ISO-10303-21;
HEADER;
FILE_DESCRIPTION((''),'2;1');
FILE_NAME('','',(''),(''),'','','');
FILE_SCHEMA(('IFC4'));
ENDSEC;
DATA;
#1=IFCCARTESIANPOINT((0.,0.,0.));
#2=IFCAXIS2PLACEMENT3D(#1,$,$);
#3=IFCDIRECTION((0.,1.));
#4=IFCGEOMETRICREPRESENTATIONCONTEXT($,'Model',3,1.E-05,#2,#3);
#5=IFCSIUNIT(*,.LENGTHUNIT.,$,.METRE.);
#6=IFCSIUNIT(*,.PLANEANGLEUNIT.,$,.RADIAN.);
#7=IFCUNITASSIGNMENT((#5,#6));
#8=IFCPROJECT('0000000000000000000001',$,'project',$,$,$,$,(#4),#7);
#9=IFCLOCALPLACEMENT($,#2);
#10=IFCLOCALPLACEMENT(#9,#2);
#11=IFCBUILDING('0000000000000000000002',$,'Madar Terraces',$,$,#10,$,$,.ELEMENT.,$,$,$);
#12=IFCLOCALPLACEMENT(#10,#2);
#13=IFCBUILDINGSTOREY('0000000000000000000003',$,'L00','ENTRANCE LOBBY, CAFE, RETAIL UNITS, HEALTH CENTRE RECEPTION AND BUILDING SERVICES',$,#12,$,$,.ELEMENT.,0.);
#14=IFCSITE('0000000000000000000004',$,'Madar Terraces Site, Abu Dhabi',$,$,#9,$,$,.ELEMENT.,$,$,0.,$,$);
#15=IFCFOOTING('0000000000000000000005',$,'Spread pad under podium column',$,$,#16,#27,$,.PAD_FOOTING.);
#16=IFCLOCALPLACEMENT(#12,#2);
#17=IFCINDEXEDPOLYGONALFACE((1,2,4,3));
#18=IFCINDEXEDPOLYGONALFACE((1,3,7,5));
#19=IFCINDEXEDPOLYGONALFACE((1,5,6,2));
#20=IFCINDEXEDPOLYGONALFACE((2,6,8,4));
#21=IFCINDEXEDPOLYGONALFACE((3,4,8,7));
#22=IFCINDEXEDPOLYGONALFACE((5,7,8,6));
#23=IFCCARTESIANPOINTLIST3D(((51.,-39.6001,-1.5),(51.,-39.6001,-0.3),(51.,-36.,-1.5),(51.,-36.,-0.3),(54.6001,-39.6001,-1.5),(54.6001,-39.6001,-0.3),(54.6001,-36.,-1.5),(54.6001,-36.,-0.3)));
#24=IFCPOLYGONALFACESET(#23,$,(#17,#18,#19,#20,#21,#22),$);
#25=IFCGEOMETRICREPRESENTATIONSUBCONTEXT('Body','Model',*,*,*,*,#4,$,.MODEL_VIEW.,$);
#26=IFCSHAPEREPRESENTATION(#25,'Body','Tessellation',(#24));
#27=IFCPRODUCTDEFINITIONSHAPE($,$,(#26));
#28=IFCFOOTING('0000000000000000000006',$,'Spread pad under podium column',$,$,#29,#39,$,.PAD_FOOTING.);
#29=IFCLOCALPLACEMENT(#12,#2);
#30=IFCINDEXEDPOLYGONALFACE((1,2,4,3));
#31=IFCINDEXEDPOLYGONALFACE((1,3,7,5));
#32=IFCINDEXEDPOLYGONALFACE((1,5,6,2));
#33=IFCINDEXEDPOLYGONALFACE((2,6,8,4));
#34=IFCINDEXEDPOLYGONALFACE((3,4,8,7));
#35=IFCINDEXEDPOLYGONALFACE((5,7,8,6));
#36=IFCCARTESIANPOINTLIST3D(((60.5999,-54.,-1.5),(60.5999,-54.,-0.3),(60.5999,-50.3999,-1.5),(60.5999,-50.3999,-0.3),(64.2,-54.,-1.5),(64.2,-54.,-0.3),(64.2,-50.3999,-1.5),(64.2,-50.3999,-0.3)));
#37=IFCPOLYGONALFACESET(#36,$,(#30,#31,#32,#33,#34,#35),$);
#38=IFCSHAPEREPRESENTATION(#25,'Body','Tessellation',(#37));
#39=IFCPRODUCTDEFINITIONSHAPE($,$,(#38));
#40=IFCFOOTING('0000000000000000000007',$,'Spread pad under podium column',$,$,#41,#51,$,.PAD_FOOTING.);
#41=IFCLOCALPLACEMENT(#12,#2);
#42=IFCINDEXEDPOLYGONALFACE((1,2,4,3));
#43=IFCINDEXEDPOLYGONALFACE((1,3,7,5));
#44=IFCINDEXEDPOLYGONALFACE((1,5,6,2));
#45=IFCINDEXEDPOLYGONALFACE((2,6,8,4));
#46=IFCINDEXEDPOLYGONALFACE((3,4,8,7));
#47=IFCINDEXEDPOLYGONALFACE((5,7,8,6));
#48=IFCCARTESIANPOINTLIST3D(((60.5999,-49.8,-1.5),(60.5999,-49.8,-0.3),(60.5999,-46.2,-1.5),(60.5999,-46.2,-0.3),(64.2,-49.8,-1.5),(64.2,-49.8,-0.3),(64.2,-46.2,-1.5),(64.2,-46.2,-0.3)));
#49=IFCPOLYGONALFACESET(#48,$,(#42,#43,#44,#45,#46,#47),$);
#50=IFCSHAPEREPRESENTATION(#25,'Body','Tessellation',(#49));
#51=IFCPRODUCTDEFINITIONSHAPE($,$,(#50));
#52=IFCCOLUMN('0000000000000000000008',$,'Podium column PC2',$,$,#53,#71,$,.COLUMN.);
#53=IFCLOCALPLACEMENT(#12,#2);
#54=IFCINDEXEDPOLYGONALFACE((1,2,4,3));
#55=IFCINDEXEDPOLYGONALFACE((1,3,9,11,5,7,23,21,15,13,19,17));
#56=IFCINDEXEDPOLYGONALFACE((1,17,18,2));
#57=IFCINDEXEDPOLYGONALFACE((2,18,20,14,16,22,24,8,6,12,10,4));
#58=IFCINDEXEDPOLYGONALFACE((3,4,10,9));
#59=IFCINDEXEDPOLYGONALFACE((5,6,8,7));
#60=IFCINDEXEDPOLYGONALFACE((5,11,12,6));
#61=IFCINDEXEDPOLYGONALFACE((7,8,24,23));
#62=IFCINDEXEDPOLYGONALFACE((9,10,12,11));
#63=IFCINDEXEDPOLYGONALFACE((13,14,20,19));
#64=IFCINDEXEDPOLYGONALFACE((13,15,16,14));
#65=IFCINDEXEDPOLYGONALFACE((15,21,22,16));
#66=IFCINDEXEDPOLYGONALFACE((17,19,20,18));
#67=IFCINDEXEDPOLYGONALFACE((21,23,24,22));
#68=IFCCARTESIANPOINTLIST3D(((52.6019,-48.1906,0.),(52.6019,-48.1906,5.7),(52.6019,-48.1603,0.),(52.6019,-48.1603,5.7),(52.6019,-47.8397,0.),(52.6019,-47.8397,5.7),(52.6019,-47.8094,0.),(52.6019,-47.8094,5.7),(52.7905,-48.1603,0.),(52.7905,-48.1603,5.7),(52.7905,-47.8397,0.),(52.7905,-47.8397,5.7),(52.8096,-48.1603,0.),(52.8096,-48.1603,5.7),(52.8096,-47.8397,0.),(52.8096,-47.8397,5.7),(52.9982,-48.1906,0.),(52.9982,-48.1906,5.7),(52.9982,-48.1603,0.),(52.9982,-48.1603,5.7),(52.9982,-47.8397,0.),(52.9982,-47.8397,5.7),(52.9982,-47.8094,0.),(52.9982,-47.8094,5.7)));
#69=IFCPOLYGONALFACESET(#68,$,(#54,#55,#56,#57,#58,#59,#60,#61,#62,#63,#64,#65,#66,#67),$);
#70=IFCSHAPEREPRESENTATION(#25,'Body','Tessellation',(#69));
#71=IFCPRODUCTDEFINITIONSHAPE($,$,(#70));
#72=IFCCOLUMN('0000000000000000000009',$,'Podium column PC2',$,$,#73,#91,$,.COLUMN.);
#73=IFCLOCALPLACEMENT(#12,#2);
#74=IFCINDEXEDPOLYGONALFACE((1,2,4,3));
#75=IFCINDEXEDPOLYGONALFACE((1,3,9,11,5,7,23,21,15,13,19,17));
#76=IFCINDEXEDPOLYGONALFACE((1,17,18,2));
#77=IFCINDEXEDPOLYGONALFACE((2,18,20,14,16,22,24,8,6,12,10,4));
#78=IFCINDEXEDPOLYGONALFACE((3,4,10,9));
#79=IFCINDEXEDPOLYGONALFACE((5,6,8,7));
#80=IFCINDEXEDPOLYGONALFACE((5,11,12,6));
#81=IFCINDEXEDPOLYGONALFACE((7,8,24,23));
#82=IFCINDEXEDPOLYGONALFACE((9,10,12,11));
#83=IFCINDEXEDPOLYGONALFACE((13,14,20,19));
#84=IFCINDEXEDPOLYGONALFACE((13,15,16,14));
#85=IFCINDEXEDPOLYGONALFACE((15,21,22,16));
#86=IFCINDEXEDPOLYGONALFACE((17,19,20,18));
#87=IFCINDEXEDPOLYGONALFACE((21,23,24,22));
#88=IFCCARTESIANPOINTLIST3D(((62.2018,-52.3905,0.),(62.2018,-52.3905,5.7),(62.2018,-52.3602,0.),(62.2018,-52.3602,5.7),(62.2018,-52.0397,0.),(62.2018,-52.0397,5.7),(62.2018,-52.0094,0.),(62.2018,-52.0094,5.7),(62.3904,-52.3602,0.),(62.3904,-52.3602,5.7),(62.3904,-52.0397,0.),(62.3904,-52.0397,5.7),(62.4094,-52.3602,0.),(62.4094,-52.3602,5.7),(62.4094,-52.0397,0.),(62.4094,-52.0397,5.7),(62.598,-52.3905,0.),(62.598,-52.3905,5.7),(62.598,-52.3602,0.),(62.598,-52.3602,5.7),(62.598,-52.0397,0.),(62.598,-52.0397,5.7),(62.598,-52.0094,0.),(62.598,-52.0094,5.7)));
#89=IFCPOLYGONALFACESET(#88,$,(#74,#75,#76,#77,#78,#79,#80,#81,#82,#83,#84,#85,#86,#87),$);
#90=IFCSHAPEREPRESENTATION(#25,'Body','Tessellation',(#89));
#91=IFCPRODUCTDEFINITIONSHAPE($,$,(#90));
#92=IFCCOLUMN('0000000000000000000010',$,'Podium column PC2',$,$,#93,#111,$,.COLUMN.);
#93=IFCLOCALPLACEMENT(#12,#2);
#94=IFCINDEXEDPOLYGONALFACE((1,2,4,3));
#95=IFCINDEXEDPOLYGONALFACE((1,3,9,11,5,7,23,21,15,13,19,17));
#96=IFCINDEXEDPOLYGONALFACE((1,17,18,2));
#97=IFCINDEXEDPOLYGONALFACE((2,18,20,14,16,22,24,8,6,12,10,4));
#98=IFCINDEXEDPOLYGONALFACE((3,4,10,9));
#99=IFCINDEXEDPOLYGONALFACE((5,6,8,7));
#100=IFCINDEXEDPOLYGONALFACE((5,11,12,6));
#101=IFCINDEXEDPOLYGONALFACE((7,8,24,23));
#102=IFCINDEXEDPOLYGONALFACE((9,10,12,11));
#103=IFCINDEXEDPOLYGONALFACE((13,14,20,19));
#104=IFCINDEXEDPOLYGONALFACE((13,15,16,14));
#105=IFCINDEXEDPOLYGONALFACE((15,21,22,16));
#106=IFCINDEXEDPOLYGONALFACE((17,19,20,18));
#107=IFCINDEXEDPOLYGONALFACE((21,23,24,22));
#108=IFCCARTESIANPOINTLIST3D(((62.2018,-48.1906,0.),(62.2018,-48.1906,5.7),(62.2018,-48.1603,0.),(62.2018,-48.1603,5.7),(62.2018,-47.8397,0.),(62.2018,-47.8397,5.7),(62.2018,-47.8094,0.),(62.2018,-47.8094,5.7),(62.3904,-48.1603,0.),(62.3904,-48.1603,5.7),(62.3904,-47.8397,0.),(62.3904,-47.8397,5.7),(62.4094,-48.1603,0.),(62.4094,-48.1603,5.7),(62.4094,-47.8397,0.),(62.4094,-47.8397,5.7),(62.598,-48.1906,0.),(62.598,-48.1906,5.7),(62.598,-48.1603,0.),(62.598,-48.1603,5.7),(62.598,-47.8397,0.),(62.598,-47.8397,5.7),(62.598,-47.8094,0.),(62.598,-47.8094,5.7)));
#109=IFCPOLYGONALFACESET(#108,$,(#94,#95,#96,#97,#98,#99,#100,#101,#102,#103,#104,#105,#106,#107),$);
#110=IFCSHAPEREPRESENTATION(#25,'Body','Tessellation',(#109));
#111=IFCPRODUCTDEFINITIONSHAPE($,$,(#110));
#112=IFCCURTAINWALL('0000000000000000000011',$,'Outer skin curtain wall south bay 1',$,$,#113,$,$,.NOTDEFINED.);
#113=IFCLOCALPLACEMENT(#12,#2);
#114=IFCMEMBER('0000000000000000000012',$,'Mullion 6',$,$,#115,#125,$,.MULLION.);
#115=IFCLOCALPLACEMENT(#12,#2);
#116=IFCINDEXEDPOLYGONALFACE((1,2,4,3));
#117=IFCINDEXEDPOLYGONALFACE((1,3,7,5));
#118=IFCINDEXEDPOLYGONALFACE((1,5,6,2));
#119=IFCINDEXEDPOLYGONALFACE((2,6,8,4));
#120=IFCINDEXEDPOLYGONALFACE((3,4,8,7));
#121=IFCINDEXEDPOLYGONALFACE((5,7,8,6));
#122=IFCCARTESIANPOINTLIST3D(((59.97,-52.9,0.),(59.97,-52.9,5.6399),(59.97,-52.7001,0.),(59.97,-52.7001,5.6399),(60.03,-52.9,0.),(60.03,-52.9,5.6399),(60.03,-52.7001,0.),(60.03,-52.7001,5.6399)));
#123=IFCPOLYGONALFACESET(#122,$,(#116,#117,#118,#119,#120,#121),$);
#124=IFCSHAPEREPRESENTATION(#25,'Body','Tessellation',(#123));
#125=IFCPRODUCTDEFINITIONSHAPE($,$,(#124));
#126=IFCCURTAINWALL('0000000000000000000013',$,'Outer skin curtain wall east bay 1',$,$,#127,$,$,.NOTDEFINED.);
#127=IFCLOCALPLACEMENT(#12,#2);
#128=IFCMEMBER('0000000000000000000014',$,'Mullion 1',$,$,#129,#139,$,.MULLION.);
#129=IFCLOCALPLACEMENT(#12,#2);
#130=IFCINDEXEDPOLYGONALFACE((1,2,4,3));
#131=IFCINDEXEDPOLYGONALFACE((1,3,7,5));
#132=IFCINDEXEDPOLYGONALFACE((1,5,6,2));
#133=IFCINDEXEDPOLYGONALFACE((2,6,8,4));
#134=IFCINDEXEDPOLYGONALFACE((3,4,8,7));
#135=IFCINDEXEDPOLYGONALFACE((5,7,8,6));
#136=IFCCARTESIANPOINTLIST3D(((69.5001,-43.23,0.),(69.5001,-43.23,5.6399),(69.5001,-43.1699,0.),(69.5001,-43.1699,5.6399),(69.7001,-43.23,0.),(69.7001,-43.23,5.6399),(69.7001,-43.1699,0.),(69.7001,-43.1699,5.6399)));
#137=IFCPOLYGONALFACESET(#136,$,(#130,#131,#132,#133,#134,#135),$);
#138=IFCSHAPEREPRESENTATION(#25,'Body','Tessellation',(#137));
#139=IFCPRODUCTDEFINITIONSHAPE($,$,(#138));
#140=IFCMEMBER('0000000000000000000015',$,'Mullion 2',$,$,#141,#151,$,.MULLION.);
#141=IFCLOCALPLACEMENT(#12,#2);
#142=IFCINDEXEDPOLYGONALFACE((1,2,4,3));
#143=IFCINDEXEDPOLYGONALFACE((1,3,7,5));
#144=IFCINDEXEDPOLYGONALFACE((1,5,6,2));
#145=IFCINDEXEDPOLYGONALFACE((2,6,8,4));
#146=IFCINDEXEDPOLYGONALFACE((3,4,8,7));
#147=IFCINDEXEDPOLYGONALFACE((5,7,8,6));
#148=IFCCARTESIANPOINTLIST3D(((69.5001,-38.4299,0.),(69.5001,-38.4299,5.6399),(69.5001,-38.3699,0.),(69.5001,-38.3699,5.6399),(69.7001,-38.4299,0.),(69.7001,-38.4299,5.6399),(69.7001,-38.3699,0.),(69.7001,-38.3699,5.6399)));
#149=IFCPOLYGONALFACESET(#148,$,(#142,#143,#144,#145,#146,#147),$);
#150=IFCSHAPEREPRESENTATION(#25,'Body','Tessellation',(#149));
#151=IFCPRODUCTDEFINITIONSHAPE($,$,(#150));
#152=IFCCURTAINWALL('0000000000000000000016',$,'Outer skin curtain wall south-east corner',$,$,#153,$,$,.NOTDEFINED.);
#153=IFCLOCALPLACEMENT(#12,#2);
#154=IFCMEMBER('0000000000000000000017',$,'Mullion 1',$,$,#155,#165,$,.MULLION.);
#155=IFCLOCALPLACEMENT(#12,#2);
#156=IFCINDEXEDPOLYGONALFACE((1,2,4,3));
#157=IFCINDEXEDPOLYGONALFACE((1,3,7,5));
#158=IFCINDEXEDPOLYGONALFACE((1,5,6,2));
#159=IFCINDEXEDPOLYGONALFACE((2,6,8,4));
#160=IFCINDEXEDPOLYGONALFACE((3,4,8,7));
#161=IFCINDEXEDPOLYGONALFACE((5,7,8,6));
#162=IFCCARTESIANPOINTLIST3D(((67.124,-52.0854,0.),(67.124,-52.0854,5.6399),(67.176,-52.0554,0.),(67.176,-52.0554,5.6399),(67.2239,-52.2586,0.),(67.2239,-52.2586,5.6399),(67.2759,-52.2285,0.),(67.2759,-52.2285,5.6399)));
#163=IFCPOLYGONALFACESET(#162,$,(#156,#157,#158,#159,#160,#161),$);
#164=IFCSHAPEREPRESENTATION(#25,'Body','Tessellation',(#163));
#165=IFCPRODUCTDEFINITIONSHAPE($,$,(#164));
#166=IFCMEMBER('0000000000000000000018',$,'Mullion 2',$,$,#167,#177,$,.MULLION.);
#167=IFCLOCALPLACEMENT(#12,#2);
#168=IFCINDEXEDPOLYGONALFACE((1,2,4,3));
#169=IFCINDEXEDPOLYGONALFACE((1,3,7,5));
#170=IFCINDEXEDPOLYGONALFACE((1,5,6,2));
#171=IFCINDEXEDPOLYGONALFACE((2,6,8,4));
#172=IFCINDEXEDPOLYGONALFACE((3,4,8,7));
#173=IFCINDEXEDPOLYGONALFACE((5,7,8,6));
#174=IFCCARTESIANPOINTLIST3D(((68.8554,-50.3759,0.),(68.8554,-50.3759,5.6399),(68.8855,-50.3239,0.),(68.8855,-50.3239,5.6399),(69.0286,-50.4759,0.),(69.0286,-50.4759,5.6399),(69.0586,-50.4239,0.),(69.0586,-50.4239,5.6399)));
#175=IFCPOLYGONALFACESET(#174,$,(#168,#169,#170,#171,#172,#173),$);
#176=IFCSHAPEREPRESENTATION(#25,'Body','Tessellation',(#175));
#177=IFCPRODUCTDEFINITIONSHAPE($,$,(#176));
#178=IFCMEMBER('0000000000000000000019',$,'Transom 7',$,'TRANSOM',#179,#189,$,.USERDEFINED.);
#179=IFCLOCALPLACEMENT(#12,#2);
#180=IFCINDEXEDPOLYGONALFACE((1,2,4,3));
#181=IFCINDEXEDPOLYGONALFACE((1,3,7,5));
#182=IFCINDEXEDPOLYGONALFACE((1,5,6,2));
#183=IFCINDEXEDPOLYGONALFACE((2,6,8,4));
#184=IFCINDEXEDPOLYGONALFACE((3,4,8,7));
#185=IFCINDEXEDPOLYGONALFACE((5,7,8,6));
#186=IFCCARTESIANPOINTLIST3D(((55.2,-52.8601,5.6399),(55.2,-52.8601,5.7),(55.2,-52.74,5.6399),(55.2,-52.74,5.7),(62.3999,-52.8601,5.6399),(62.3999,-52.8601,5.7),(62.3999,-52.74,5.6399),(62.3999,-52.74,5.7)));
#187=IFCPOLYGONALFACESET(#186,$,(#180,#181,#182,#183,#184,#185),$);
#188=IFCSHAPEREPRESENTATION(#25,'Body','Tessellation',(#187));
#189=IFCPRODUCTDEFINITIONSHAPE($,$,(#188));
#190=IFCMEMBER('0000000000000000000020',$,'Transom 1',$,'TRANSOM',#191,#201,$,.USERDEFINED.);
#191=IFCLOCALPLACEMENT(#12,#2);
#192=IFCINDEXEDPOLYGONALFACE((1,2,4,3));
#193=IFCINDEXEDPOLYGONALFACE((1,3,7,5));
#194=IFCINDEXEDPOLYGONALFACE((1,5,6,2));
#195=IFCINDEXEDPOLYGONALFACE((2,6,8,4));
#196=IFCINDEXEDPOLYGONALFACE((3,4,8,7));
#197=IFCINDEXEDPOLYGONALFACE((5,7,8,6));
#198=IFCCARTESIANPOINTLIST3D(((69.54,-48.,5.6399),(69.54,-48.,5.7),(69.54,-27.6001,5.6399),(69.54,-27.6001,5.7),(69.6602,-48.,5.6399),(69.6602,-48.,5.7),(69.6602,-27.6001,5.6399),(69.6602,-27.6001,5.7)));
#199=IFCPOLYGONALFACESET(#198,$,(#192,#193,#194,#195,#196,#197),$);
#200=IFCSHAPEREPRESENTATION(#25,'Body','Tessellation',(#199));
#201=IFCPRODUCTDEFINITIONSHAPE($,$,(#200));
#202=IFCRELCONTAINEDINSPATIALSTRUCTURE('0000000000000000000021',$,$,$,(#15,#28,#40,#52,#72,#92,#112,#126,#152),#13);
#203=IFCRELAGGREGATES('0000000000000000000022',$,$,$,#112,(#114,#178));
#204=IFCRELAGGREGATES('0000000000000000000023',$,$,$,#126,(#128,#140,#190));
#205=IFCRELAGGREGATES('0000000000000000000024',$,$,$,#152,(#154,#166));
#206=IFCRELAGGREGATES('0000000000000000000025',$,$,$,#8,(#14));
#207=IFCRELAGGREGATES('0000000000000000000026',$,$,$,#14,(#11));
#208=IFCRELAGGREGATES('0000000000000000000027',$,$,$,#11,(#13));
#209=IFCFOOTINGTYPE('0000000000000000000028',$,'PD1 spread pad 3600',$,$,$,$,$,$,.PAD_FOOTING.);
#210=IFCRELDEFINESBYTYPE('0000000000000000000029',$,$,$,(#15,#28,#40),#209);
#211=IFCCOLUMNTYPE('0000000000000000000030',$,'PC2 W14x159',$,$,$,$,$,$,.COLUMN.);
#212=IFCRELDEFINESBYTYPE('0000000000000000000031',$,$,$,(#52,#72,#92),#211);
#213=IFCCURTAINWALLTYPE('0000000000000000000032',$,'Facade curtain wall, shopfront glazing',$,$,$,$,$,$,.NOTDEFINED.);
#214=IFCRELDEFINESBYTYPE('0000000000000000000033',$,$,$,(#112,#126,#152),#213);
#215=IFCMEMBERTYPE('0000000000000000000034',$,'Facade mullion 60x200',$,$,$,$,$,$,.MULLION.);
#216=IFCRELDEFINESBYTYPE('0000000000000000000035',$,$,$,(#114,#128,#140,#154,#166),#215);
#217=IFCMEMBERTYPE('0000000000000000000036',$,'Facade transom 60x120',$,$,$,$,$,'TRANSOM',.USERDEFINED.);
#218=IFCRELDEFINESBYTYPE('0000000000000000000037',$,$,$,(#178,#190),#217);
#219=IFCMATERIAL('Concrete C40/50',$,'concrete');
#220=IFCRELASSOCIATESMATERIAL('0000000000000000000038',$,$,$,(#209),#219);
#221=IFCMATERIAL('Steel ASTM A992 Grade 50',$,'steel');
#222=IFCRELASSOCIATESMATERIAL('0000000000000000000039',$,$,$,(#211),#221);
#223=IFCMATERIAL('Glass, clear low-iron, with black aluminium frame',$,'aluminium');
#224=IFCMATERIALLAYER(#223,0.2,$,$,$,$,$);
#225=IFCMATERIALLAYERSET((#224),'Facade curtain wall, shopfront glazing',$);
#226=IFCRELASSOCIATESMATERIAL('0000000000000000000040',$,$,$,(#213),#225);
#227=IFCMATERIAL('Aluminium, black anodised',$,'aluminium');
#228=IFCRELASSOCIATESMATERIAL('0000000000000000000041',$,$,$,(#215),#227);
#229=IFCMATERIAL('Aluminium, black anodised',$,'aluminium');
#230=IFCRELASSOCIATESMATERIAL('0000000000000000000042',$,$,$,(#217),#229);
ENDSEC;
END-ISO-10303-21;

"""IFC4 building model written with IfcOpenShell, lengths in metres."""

from ifc_helpers import new_model, si_unit, direction, frame, origin, origin_2d, place, context, subcontext, project, spatial, rectangle, i_section, extrude, material, layer, layer_set, material_profile, profile_set, type_object, element, aggregate, save


model = new_model("IFC4")

# Units and contexts
model_context = context("Model", 3, precision=1e-05, world=origin(), true_north=direction((0.0, 1.0)))
body_context = subcontext(model_context, "Body", "Model", "MODEL_VIEW")
ifc_project = project(units=[si_unit("LENGTHUNIT", "METRE"), si_unit("PLANEANGLEUNIT", "RADIAN")], contexts=[model_context])

# Site, building, storey
site_placement = place(None, origin())
site = spatial("IfcSite", under=ifc_project, at=site_placement, Name="Madar Terraces Site, Abu Dhabi", CompositionType="ELEMENT", RefElevation=0.0)
building_placement = place(site_placement, origin())
building = spatial("IfcBuilding", under=site, at=building_placement, Name="Madar Terraces", CompositionType="ELEMENT")
storey_placement = place(building_placement, origin())
storey = spatial("IfcBuildingStorey", under=building, at=storey_placement, Name="L00", Description="ENTRANCE LOBBY, CAFE, RETAIL UNITS, HEALTH CENTRE RECEPTION AND BUILDING SERVICES", CompositionType="ELEMENT", Elevation=0.0)

# Footings
ifc_material_1 = material(Name="Concrete C40/50", Category="concrete")
footing_type = type_object("IfcFootingType", Name="PD1 spread pad 3600", PredefinedType="PAD_FOOTING", material=ifc_material_1)
for number, where, z_axis, x_axis, name in (
    (1, (52.8, -37.8, -1.5), (0.0, 0.0, 1.0), (1.0, 0.0, 0.0), "Spread pad under podium column"),
    (2, (62.3999, -52.2, -1.5), (0.0, 0.0, 1.0), (1.0, 0.0, 0.0), "Spread pad under podium column"),
    (3, (62.3999, -48.0, -1.5), (0.0, 0.0, 1.0), (1.0, 0.0, 0.0), "Spread pad under podium column"),
):
    element("IfcFooting", number, at=place(storey_placement, frame(where, z_axis=z_axis, x_axis=x_axis)), inside=storey, type_object=footing_type, Name=name, PredefinedType="PAD_FOOTING", context=body_context, shape_type="SweptSolid", body=[
        extrude(rectangle(XDim=3.6001, YDim=3.6001, at=origin_2d()), origin(), (0.0, 0.0, 1.0), 1.2),
    ])

# Columns
ifc_material_2 = material(Name="Steel ASTM A992 Grade 50", Category="steel")
ifc_material_profile_1 = material_profile(ifc_material_2, i_section(OverallWidth=0.3962, OverallDepth=0.3811, WebThickness=0.019, FlangeThickness=0.0303, at=origin_2d()), Name="W14x159")
ifc_profile_set_1 = profile_set([ifc_material_profile_1], Name="Steel ASTM A992 Grade 50")
column_type = type_object("IfcColumnType", Name="PC2 W14x159", PredefinedType="COLUMN", material=ifc_profile_set_1)
for number, where, z_axis, x_axis, name in (
    (4, (52.8, -48.0, 0.0), (0.0, 0.0, 1.0), (1.0, 0.0, 0.0), "Podium column PC2"),
    (5, (62.3999, -52.2, 0.0), (0.0, 0.0, 1.0), (1.0, 0.0, 0.0), "Podium column PC2"),
    (6, (62.3999, -48.0, 0.0), (0.0, 0.0, 1.0), (1.0, 0.0, 0.0), "Podium column PC2"),
):
    element("IfcColumn", number, at=place(storey_placement, frame(where, z_axis=z_axis, x_axis=x_axis)), inside=storey, type_object=column_type, Name=name, PredefinedType="COLUMN", context=body_context, shape_type="SweptSolid", body=[
        extrude(i_section(OverallWidth=0.3962, OverallDepth=0.3811, WebThickness=0.019, FlangeThickness=0.0303, at=origin_2d()), origin(), (0.0, 0.0, 1.0), 5.7),
    ])

# Curtain wall, member
ifc_material_3 = material(Name="Glass, clear low-iron, with black aluminium frame", Category="aluminium")
ifc_layer_1 = layer(ifc_material_3, 0.2)
ifc_layer_set_1 = layer_set([ifc_layer_1], Name="Facade curtain wall, shopfront glazing")
curtain_wall_type = type_object("IfcCurtainWallType", Name="Facade curtain wall, shopfront glazing", PredefinedType="NOTDEFINED", material=ifc_layer_set_1)
curtain_wall_1_placement = place(storey_placement, origin())
curtain_wall_1 = element("IfcCurtainWall", 7, at=curtain_wall_1_placement, inside=storey, type_object=curtain_wall_type, Name="Outer skin curtain wall south bay 1", PredefinedType="NOTDEFINED")
ifc_material_4 = material(Name="Aluminium, black anodised", Category="aluminium")
ifc_material_profile_2 = material_profile(ifc_material_4, rectangle(XDim=0.2, YDim=0.0601, at=origin_2d()), Name="Facade mullion 60x200")
ifc_profile_set_2 = profile_set([ifc_material_profile_2], Name="Aluminium, black anodised")
member_type_1 = type_object("IfcMemberType", Name="Facade mullion 60x200", PredefinedType="MULLION", material=ifc_profile_set_2)
member_1_placement = place(storey_placement, frame((60.0, -52.8, 0.0), z_axis=(0.0, 0.0, 1.0), x_axis=(0.0, 1.0, 0.0)))
member_1 = element("IfcMember", 8, at=member_1_placement, type_object=member_type_1, Name="Mullion 6", PredefinedType="MULLION", context=body_context, shape_type="SweptSolid", body=[
    extrude(rectangle(XDim=0.2, YDim=0.0601, at=origin_2d()), origin(), (0.0, 0.0, 1.0), 5.6399),
])

# Curtain walls, members
curtain_wall_2_placement = place(storey_placement, origin())
curtain_wall_2 = element("IfcCurtainWall", 9, at=curtain_wall_2_placement, inside=storey, type_object=curtain_wall_type, Name="Outer skin curtain wall east bay 1", PredefinedType="NOTDEFINED")
member_2_placement = place(storey_placement, frame((69.6001, -43.2, 0.0), z_axis=(0.0, 0.0, 1.0), x_axis=(-1.0, 0.0, 0.0)))
member_2 = element("IfcMember", 10, at=member_2_placement, type_object=member_type_1, Name="Mullion 1", PredefinedType="MULLION", context=body_context, shape_type="SweptSolid", body=[
    extrude(rectangle(XDim=0.2, YDim=0.0601, at=origin_2d()), origin(), (0.0, 0.0, 1.0), 5.6399),
])
member_3_placement = place(storey_placement, frame((69.6001, -38.3999, 0.0), z_axis=(0.0, 0.0, 1.0), x_axis=(-1.0, 0.0, 0.0)))
member_3 = element("IfcMember", 11, at=member_3_placement, type_object=member_type_1, Name="Mullion 2", PredefinedType="MULLION", context=body_context, shape_type="SweptSolid", body=[
    extrude(rectangle(XDim=0.2, YDim=0.0601, at=origin_2d()), origin(), (0.0, 0.0, 1.0), 5.6399),
])
curtain_wall_3_placement = place(storey_placement, origin())
curtain_wall_3 = element("IfcCurtainWall", 12, at=curtain_wall_3_placement, inside=storey, type_object=curtain_wall_type, Name="Outer skin curtain wall south-east corner", PredefinedType="NOTDEFINED")
member_4_placement = place(storey_placement, frame((67.2, -52.157, 0.0), z_axis=(0.0, 0.0, 1.0), x_axis=(-0.5, 0.866025, 0.0)))
member_4 = element("IfcMember", 13, at=member_4_placement, type_object=member_type_1, Name="Mullion 1", PredefinedType="MULLION", context=body_context, shape_type="SweptSolid", body=[
    extrude(rectangle(XDim=0.2, YDim=0.0601, at=origin_2d()), origin(), (0.0, 0.0, 1.0), 5.6399),
])
member_5_placement = place(storey_placement, frame((68.957, -50.3999, 0.0), z_axis=(0.0, 0.0, 1.0), x_axis=(-0.866025, 0.5, 0.0)))
member_5 = element("IfcMember", 14, at=member_5_placement, type_object=member_type_1, Name="Mullion 2", PredefinedType="MULLION", context=body_context, shape_type="SweptSolid", body=[
    extrude(rectangle(XDim=0.2, YDim=0.0601, at=origin_2d()), origin(), (0.0, 0.0, 1.0), 5.6399),
])

# Members
ifc_material_5 = material(Name="Aluminium, black anodised", Category="aluminium")
ifc_material_profile_3 = material_profile(ifc_material_5, rectangle(XDim=0.1201, YDim=0.0601, at=origin_2d()), Name="Facade transom 60x120")
ifc_profile_set_3 = profile_set([ifc_material_profile_3], Name="Aluminium, black anodised")
member_type_2 = type_object("IfcMemberType", Name="Facade transom 60x120", ElementType="TRANSOM", PredefinedType="USERDEFINED", material=ifc_profile_set_3)
member_6_placement = place(storey_placement, frame((55.2, -52.8, 5.6699), z_axis=(1.0, 0.0, 0.0), x_axis=(0.0, 1.0, 0.0)))
member_6 = element("IfcMember", 15, at=member_6_placement, type_object=member_type_2, Name="Transom 7", ObjectType="TRANSOM", PredefinedType="USERDEFINED", context=body_context, shape_type="SweptSolid", body=[
    extrude(rectangle(XDim=0.1201, YDim=0.0601, at=origin_2d()), origin(), (0.0, 0.0, 1.0), 7.2),
])
member_7_placement = place(storey_placement, frame((69.6001, -48.0, 5.6699), z_axis=(0.0, 1.0, 0.0), x_axis=(-1.0, 0.0, 0.0)))
member_7 = element("IfcMember", 16, at=member_7_placement, type_object=member_type_2, Name="Transom 1", ObjectType="TRANSOM", PredefinedType="USERDEFINED", context=body_context, shape_type="SweptSolid", body=[
    extrude(rectangle(XDim=0.1201, YDim=0.0601, at=origin_2d()), origin(), (0.0, 0.0, 1.0), 20.3999),
])

aggregate(curtain_wall_1, [member_1, member_6])
aggregate(curtain_wall_2, [member_2, member_3, member_7])
aggregate(curtain_wall_3, [member_4, member_5])

save(model, "model.ifc")
